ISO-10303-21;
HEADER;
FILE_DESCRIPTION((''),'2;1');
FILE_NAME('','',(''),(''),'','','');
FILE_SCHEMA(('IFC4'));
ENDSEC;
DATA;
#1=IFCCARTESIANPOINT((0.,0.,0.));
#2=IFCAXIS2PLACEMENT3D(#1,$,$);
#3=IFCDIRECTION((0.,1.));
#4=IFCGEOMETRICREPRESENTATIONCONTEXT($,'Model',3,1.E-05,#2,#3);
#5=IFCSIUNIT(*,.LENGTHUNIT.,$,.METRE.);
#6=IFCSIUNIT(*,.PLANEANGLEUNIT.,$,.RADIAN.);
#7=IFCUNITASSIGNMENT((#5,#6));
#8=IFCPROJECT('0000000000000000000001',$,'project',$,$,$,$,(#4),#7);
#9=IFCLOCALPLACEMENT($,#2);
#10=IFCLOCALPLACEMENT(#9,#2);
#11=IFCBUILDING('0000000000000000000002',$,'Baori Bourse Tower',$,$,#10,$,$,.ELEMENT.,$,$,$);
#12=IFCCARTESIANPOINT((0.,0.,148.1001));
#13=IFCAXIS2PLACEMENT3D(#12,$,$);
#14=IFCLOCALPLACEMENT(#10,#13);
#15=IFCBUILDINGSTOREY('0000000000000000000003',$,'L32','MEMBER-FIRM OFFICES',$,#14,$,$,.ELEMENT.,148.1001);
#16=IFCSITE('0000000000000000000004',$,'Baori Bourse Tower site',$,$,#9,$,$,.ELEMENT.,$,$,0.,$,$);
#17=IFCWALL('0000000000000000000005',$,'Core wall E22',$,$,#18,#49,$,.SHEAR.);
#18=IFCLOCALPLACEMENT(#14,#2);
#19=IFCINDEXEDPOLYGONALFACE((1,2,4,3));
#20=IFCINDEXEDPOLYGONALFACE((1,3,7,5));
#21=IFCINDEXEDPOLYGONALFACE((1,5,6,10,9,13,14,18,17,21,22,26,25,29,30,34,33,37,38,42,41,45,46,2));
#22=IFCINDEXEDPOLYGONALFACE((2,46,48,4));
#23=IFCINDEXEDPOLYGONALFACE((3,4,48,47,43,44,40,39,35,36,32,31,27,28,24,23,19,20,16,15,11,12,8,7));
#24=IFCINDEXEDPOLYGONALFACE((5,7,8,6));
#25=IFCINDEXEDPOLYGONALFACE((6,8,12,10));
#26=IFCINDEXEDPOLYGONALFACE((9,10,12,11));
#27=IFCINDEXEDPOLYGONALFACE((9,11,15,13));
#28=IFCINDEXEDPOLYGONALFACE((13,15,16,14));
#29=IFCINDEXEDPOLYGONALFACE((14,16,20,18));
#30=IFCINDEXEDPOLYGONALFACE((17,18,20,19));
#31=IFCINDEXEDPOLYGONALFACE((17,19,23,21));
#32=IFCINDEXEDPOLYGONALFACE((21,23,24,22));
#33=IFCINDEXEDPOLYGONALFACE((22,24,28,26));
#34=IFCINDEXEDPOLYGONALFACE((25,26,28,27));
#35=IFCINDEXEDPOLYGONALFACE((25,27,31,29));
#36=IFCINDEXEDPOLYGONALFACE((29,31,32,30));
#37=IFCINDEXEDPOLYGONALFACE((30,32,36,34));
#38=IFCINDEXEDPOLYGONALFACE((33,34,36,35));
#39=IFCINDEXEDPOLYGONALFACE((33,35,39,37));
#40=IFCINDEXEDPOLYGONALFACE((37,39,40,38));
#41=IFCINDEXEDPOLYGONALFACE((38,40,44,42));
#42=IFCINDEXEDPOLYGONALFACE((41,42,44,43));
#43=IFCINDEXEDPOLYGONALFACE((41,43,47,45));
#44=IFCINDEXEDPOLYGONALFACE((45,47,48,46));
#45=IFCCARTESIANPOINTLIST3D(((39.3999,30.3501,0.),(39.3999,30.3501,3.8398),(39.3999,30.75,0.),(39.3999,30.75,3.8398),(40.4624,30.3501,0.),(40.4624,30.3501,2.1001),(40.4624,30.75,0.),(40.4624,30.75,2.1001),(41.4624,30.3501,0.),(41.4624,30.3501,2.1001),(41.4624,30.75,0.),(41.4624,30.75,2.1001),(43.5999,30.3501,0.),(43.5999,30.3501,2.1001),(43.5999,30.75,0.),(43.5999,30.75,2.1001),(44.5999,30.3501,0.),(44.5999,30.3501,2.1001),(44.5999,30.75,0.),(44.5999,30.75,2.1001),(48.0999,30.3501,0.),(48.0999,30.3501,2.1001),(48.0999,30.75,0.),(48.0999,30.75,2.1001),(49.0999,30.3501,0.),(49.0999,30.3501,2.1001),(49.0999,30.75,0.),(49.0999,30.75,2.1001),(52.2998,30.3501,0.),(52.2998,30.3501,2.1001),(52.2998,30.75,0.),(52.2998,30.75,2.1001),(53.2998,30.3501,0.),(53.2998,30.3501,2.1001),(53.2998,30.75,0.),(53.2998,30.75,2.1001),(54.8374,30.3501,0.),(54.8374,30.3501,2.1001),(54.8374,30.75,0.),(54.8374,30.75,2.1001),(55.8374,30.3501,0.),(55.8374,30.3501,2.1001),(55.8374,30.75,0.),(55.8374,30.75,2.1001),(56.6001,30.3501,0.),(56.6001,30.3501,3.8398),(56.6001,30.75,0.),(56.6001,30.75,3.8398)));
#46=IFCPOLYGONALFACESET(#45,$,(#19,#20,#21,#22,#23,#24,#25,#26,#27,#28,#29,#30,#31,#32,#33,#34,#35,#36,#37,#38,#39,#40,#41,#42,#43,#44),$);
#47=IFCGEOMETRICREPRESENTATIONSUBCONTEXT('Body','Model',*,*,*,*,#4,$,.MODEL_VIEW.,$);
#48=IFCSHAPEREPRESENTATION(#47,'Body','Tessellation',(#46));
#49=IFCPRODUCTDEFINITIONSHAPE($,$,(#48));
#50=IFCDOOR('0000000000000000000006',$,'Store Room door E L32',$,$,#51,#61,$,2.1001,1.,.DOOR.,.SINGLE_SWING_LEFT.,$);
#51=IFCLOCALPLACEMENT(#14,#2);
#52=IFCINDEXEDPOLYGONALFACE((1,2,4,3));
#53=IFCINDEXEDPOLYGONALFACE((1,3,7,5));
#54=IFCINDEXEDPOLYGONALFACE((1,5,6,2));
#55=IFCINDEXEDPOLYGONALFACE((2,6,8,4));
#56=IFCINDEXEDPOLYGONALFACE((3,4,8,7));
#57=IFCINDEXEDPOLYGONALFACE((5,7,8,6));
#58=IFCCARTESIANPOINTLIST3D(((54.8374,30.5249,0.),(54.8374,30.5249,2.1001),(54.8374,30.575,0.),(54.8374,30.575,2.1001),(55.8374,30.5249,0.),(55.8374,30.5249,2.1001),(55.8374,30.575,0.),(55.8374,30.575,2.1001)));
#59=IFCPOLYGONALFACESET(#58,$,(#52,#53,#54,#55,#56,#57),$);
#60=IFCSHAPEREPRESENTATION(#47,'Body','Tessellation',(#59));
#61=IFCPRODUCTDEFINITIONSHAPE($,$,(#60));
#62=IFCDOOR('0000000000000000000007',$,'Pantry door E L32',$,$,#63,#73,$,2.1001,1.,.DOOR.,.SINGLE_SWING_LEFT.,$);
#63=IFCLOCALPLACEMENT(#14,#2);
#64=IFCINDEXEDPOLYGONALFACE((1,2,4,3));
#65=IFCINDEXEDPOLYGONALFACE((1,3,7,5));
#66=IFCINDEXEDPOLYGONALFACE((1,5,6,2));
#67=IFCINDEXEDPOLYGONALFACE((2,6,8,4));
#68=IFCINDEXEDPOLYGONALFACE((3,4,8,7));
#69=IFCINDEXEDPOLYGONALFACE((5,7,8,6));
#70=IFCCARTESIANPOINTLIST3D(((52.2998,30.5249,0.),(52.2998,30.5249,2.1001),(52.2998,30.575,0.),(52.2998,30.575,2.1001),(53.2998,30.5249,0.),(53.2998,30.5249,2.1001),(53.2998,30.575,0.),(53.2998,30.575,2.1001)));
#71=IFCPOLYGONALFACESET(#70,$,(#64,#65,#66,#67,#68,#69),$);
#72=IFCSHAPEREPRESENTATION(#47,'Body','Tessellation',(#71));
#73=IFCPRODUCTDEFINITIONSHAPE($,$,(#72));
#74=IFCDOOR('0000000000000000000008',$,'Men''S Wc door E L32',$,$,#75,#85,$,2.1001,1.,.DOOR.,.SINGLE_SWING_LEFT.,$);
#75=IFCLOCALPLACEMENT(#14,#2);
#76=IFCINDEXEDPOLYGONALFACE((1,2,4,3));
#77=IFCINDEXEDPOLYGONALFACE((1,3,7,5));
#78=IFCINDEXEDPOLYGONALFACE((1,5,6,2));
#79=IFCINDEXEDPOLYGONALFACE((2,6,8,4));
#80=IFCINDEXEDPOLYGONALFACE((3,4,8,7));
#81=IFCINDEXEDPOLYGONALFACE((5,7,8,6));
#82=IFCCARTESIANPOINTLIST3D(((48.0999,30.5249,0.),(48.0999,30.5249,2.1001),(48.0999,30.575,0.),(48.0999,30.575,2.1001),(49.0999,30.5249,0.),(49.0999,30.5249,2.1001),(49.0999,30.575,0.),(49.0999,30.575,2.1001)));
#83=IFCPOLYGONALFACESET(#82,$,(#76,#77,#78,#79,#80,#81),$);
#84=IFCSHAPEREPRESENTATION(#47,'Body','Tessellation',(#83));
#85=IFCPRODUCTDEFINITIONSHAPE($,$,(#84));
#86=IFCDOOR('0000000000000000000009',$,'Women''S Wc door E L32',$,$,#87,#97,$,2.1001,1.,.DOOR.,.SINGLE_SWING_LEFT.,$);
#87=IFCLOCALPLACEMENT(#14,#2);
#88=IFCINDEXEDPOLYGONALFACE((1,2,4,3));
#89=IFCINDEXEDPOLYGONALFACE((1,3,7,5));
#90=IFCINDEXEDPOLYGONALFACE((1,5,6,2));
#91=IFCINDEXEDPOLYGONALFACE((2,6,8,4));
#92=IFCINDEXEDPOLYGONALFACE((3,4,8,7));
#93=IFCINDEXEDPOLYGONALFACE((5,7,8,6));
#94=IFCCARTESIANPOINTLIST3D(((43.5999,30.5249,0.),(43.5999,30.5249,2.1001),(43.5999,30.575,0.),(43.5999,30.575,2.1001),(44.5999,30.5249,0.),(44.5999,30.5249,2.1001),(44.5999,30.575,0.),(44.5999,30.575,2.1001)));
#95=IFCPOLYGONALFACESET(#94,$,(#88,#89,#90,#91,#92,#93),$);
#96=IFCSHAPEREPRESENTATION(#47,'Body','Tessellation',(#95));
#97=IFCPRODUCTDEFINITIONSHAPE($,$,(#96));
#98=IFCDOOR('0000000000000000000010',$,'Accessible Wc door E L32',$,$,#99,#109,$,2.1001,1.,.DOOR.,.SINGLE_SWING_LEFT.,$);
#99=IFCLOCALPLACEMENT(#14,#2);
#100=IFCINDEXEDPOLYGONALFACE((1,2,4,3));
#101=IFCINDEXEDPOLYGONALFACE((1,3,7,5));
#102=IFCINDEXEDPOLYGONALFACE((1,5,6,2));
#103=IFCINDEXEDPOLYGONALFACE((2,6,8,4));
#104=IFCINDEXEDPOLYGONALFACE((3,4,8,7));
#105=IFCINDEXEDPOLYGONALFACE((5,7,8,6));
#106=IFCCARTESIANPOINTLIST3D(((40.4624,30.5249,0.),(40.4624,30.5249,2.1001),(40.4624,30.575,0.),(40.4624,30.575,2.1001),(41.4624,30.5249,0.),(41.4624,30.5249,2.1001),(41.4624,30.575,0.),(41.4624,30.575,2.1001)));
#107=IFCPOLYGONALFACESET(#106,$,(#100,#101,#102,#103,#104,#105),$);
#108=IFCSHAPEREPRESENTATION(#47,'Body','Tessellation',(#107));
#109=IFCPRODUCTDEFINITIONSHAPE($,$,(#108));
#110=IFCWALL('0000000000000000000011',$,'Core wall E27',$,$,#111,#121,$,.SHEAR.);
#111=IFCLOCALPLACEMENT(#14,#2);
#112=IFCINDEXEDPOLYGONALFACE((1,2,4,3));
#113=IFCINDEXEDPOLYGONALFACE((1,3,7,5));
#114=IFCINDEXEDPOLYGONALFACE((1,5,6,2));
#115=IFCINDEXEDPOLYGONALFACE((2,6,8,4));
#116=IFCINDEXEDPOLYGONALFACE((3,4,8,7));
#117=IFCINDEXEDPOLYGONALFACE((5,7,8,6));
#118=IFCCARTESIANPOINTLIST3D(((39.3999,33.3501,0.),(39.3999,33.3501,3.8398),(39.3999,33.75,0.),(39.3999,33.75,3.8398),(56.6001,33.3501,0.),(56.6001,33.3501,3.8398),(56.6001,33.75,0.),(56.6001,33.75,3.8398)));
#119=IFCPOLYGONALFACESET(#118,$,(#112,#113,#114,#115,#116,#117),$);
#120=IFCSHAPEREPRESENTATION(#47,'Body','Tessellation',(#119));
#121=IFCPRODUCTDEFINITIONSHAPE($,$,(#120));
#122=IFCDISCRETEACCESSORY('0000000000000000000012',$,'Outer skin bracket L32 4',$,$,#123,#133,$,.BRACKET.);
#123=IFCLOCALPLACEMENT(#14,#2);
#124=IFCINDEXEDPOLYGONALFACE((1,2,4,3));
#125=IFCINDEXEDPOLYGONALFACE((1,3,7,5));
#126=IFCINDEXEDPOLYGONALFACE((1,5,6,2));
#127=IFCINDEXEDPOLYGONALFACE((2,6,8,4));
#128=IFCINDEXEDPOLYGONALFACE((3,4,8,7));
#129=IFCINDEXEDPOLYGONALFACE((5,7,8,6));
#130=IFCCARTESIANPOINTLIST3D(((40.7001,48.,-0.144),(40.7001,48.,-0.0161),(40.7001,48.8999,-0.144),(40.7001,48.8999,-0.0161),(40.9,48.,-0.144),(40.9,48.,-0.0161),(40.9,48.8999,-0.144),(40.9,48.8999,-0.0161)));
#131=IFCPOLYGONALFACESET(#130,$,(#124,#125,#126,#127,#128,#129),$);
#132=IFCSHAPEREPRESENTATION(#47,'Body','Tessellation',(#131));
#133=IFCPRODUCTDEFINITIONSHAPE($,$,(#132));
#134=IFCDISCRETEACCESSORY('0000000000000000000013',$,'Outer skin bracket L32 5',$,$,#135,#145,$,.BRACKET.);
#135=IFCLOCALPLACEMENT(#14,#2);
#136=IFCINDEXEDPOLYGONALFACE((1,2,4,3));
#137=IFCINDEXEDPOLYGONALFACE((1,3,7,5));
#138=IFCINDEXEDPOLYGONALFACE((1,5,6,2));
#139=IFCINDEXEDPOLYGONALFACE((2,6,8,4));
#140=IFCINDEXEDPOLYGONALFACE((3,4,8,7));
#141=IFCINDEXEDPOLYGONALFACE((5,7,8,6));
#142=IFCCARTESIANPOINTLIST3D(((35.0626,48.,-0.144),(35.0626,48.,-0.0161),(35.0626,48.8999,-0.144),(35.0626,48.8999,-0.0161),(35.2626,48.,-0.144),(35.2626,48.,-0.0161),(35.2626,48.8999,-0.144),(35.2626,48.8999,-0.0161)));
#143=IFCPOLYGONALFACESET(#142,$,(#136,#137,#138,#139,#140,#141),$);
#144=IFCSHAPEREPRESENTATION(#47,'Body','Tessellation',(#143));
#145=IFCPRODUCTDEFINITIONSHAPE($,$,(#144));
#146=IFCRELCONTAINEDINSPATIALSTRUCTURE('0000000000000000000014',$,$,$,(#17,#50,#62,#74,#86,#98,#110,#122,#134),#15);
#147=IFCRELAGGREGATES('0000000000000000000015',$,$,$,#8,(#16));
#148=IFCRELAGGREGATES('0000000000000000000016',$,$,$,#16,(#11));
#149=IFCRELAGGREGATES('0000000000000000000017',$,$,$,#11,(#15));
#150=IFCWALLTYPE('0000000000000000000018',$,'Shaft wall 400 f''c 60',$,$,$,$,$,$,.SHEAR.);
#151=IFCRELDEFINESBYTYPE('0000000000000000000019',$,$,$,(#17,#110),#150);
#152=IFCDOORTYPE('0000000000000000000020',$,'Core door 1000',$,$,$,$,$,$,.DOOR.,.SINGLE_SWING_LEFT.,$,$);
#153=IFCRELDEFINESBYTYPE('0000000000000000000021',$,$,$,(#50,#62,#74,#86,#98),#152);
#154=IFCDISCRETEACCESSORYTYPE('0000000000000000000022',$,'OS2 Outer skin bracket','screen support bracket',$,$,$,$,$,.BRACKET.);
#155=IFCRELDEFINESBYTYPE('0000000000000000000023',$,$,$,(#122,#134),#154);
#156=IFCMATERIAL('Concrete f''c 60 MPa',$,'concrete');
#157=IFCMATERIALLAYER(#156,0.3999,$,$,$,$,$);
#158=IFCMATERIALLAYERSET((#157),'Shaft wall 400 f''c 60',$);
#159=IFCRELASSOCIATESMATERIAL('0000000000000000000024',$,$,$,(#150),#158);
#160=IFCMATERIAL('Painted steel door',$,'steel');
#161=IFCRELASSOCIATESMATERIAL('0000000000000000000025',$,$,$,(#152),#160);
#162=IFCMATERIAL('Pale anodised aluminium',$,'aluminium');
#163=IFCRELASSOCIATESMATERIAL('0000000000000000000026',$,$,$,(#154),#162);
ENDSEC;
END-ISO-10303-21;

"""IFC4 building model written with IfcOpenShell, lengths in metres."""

from ifc_helpers import new_model, si_unit, direction, frame, frame_2d, origin, origin_2d, place, context, subcontext, project, spatial, rectangle, extrude, material, layer, layer_set, type_object, element, fill, save


model = new_model("IFC4")

# Units and contexts
model_context = context("Model", 3, precision=1e-05, world=origin(), true_north=direction((0.0, 1.0)))
body_context = subcontext(model_context, "Body", "Model", "MODEL_VIEW")
ifc_project = project(units=[si_unit("LENGTHUNIT", "METRE"), si_unit("PLANEANGLEUNIT", "RADIAN")], contexts=[model_context])

# Site, building, storey
site_placement = place(None, origin())
site = spatial("IfcSite", under=ifc_project, at=site_placement, Name="Baori Bourse Tower site", CompositionType="ELEMENT", RefElevation=0.0)
building_placement = place(site_placement, origin())
building = spatial("IfcBuilding", under=site, at=building_placement, Name="Baori Bourse Tower", CompositionType="ELEMENT")
storey_placement = place(building_placement, frame((0.0, 0.0, 148.1001)))
storey = spatial("IfcBuildingStorey", under=building, at=storey_placement, Name="L32", Description="MEMBER-FIRM OFFICES", CompositionType="ELEMENT", Elevation=148.1001)

# Wall, openings, doors
ifc_material_1 = material(Name="Concrete f'c 60 MPa", Category="concrete")
ifc_layer_1 = layer(ifc_material_1, 0.3999)
ifc_layer_set_1 = layer_set([ifc_layer_1], Name="Shaft wall 400 f'c 60")
wall_type_1 = type_object("IfcWallType", Name="Shaft wall 400 f'c 60", PredefinedType="SHEAR", material=ifc_layer_set_1)
wall_1_placement = place(storey_placement, frame((39.3999, 30.55, 0.0), z_axis=(0.0, 0.0, 1.0), x_axis=(1.0, 0.0, 0.0)))
wall_1 = element("IfcWall", 1, at=wall_1_placement, inside=storey, type_object=wall_type_1, Name="Core wall E22", PredefinedType="SHEAR", context=body_context, shape_type="SweptSolid", body=[
    extrude(rectangle(XDim=17.2002, YDim=0.3999, at=frame_2d((8.6001, 0.0))), origin(), (0.0, 0.0, 1.0), 3.8398),
])
opening_1_placement = place(wall_1_placement, frame((15.4375, 0.0, 0.0)))
opening_1 = element("IfcOpeningElement", 2, at=opening_1_placement, cuts=wall_1, PredefinedType="OPENING", context=body_context, shape_type="SweptSolid", body=[
    extrude(rectangle(XDim=1.0, YDim=2.1001, at=frame_2d((0.5, 1.05))), frame((0.0, 0.21, 0.0), z_axis=(0.0, -1.0, 0.0), x_axis=(1.0, 0.0, 0.0)), (0.0, 0.0, 1.0), 0.4199),
])
opening_2_placement = place(wall_1_placement, frame((12.8999, 0.0, 0.0)))
opening_2 = element("IfcOpeningElement", 3, at=opening_2_placement, cuts=wall_1, PredefinedType="OPENING", context=body_context, shape_type="SweptSolid", body=[
    extrude(rectangle(XDim=1.0, YDim=2.1001, at=frame_2d((0.5, 1.05))), frame((0.0, 0.21, 0.0), z_axis=(0.0, -1.0, 0.0), x_axis=(1.0, 0.0, 0.0)), (0.0, 0.0, 1.0), 0.4199),
])
opening_3_placement = place(wall_1_placement, frame((8.7, 0.0, 0.0)))
opening_3 = element("IfcOpeningElement", 4, at=opening_3_placement, cuts=wall_1, PredefinedType="OPENING", context=body_context, shape_type="SweptSolid", body=[
    extrude(rectangle(XDim=1.0, YDim=2.1001, at=frame_2d((0.5, 1.05))), frame((0.0, 0.21, 0.0), z_axis=(0.0, -1.0, 0.0), x_axis=(1.0, 0.0, 0.0)), (0.0, 0.0, 1.0), 0.4199),
])
opening_4_placement = place(wall_1_placement, frame((4.2, 0.0, 0.0)))
opening_4 = element("IfcOpeningElement", 5, at=opening_4_placement, cuts=wall_1, PredefinedType="OPENING", context=body_context, shape_type="SweptSolid", body=[
    extrude(rectangle(XDim=1.0, YDim=2.1001, at=frame_2d((0.5, 1.05))), frame((0.0, 0.21, 0.0), z_axis=(0.0, -1.0, 0.0), x_axis=(1.0, 0.0, 0.0)), (0.0, 0.0, 1.0), 0.4199),
])
opening_5_placement = place(wall_1_placement, frame((1.0625, 0.0, 0.0)))
opening_5 = element("IfcOpeningElement", 6, at=opening_5_placement, cuts=wall_1, PredefinedType="OPENING", context=body_context, shape_type="SweptSolid", body=[
    extrude(rectangle(XDim=1.0, YDim=2.1001, at=frame_2d((0.5, 1.05))), frame((0.0, 0.21, 0.0), z_axis=(0.0, -1.0, 0.0), x_axis=(1.0, 0.0, 0.0)), (0.0, 0.0, 1.0), 0.4199),
])
ifc_material_2 = material(Name="Painted steel door", Category="steel")
door_type_1 = type_object("IfcDoorType", Name="Core door 1000", OperationType="SINGLE_SWING_LEFT", PredefinedType="DOOR", material=ifc_material_2)
door_1_placement = place(opening_1_placement, origin())
door_1 = element("IfcDoor", 7, at=door_1_placement, inside=storey, type_object=door_type_1, Name="Store Room door E L32", OperationType="SINGLE_SWING_LEFT", OverallHeight=2.1001, OverallWidth=1.0, PredefinedType="DOOR", context=body_context, shape_type="SweptSolid", body=[
    extrude(rectangle(XDim=1.0, YDim=2.1001, at=frame_2d((0.5, 1.05))), frame((0.0, 0.0249, 0.0), z_axis=(0.0, -1.0, 0.0), x_axis=(1.0, 0.0, 0.0)), (0.0, 0.0, 1.0), 0.05),
])
fill(opening_1, door_1)
door_2_placement = place(opening_2_placement, origin())
door_2 = element("IfcDoor", 8, at=door_2_placement, inside=storey, type_object=door_type_1, Name="Pantry door E L32", OperationType="SINGLE_SWING_LEFT", OverallHeight=2.1001, OverallWidth=1.0, PredefinedType="DOOR", context=body_context, shape_type="SweptSolid", body=[
    extrude(rectangle(XDim=1.0, YDim=2.1001, at=frame_2d((0.5, 1.05))), frame((0.0, 0.0249, 0.0), z_axis=(0.0, -1.0, 0.0), x_axis=(1.0, 0.0, 0.0)), (0.0, 0.0, 1.0), 0.05),
])
fill(opening_2, door_2)
door_3_placement = place(opening_3_placement, origin())
door_3 = element("IfcDoor", 9, at=door_3_placement, inside=storey, type_object=door_type_1, Name="Men'S Wc door E L32", OperationType="SINGLE_SWING_LEFT", OverallHeight=2.1001, OverallWidth=1.0, PredefinedType="DOOR", context=body_context, shape_type="SweptSolid", body=[
    extrude(rectangle(XDim=1.0, YDim=2.1001, at=frame_2d((0.5, 1.05))), frame((0.0, 0.0249, 0.0), z_axis=(0.0, -1.0, 0.0), x_axis=(1.0, 0.0, 0.0)), (0.0, 0.0, 1.0), 0.05),
])
fill(opening_3, door_3)
door_4_placement = place(opening_4_placement, origin())
door_4 = element("IfcDoor", 10, at=door_4_placement, inside=storey, type_object=door_type_1, Name="Women'S Wc door E L32", OperationType="SINGLE_SWING_LEFT", OverallHeight=2.1001, OverallWidth=1.0, PredefinedType="DOOR", context=body_context, shape_type="SweptSolid", body=[
    extrude(rectangle(XDim=1.0, YDim=2.1001, at=frame_2d((0.5, 1.05))), frame((0.0, 0.0249, 0.0), z_axis=(0.0, -1.0, 0.0), x_axis=(1.0, 0.0, 0.0)), (0.0, 0.0, 1.0), 0.05),
])
fill(opening_4, door_4)
door_5_placement = place(opening_5_placement, origin())
door_5 = element("IfcDoor", 11, at=door_5_placement, inside=storey, type_object=door_type_1, Name="Accessible Wc door E L32", OperationType="SINGLE_SWING_LEFT", OverallHeight=2.1001, OverallWidth=1.0, PredefinedType="DOOR", context=body_context, shape_type="SweptSolid", body=[
    extrude(rectangle(XDim=1.0, YDim=2.1001, at=frame_2d((0.5, 1.05))), frame((0.0, 0.0249, 0.0), z_axis=(0.0, -1.0, 0.0), x_axis=(1.0, 0.0, 0.0)), (0.0, 0.0, 1.0), 0.05),
])
fill(opening_5, door_5)

# Wall
wall_2_placement = place(storey_placement, frame((39.3999, 33.55, 0.0), z_axis=(0.0, 0.0, 1.0), x_axis=(1.0, 0.0, 0.0)))
element("IfcWall", 12, at=wall_2_placement, inside=storey, type_object=wall_type_1, Name="Core wall E27", PredefinedType="SHEAR", context=body_context, shape_type="SweptSolid", body=[
    extrude(rectangle(XDim=17.2002, YDim=0.3999, at=frame_2d((8.6001, 0.0))), origin(), (0.0, 0.0, 1.0), 3.8398),
])

# Discrete accessories
ifc_material_3 = material(Name="Pale anodised aluminium", Category="aluminium")
discrete_accessory_type = type_object("IfcDiscreteAccessoryType", Name="OS2 Outer skin bracket", Description="screen support bracket", PredefinedType="BRACKET", material=ifc_material_3)
for number, where, z_axis, x_axis, name in (
    (13, (40.8, 48.45, -0.144), (0.0, 0.0, 1.0), (-1.0, 0.0, 0.0), "Outer skin bracket L32 4"),
    (14, (35.1626, 48.45, -0.144), (0.0, 0.0, 1.0), (-1.0, 0.0, 0.0), "Outer skin bracket L32 5"),
):
    element("IfcDiscreteAccessory", number, at=place(storey_placement, frame(where, z_axis=z_axis, x_axis=x_axis)), inside=storey, type_object=discrete_accessory_type, Name=name, PredefinedType="BRACKET", context=body_context, shape_type="SweptSolid", body=[
        extrude(rectangle(XDim=0.2, YDim=0.8999, at=origin_2d()), origin(), (0.0, 0.0, 1.0), 0.1279),
    ])

save(model, "model.ifc")
